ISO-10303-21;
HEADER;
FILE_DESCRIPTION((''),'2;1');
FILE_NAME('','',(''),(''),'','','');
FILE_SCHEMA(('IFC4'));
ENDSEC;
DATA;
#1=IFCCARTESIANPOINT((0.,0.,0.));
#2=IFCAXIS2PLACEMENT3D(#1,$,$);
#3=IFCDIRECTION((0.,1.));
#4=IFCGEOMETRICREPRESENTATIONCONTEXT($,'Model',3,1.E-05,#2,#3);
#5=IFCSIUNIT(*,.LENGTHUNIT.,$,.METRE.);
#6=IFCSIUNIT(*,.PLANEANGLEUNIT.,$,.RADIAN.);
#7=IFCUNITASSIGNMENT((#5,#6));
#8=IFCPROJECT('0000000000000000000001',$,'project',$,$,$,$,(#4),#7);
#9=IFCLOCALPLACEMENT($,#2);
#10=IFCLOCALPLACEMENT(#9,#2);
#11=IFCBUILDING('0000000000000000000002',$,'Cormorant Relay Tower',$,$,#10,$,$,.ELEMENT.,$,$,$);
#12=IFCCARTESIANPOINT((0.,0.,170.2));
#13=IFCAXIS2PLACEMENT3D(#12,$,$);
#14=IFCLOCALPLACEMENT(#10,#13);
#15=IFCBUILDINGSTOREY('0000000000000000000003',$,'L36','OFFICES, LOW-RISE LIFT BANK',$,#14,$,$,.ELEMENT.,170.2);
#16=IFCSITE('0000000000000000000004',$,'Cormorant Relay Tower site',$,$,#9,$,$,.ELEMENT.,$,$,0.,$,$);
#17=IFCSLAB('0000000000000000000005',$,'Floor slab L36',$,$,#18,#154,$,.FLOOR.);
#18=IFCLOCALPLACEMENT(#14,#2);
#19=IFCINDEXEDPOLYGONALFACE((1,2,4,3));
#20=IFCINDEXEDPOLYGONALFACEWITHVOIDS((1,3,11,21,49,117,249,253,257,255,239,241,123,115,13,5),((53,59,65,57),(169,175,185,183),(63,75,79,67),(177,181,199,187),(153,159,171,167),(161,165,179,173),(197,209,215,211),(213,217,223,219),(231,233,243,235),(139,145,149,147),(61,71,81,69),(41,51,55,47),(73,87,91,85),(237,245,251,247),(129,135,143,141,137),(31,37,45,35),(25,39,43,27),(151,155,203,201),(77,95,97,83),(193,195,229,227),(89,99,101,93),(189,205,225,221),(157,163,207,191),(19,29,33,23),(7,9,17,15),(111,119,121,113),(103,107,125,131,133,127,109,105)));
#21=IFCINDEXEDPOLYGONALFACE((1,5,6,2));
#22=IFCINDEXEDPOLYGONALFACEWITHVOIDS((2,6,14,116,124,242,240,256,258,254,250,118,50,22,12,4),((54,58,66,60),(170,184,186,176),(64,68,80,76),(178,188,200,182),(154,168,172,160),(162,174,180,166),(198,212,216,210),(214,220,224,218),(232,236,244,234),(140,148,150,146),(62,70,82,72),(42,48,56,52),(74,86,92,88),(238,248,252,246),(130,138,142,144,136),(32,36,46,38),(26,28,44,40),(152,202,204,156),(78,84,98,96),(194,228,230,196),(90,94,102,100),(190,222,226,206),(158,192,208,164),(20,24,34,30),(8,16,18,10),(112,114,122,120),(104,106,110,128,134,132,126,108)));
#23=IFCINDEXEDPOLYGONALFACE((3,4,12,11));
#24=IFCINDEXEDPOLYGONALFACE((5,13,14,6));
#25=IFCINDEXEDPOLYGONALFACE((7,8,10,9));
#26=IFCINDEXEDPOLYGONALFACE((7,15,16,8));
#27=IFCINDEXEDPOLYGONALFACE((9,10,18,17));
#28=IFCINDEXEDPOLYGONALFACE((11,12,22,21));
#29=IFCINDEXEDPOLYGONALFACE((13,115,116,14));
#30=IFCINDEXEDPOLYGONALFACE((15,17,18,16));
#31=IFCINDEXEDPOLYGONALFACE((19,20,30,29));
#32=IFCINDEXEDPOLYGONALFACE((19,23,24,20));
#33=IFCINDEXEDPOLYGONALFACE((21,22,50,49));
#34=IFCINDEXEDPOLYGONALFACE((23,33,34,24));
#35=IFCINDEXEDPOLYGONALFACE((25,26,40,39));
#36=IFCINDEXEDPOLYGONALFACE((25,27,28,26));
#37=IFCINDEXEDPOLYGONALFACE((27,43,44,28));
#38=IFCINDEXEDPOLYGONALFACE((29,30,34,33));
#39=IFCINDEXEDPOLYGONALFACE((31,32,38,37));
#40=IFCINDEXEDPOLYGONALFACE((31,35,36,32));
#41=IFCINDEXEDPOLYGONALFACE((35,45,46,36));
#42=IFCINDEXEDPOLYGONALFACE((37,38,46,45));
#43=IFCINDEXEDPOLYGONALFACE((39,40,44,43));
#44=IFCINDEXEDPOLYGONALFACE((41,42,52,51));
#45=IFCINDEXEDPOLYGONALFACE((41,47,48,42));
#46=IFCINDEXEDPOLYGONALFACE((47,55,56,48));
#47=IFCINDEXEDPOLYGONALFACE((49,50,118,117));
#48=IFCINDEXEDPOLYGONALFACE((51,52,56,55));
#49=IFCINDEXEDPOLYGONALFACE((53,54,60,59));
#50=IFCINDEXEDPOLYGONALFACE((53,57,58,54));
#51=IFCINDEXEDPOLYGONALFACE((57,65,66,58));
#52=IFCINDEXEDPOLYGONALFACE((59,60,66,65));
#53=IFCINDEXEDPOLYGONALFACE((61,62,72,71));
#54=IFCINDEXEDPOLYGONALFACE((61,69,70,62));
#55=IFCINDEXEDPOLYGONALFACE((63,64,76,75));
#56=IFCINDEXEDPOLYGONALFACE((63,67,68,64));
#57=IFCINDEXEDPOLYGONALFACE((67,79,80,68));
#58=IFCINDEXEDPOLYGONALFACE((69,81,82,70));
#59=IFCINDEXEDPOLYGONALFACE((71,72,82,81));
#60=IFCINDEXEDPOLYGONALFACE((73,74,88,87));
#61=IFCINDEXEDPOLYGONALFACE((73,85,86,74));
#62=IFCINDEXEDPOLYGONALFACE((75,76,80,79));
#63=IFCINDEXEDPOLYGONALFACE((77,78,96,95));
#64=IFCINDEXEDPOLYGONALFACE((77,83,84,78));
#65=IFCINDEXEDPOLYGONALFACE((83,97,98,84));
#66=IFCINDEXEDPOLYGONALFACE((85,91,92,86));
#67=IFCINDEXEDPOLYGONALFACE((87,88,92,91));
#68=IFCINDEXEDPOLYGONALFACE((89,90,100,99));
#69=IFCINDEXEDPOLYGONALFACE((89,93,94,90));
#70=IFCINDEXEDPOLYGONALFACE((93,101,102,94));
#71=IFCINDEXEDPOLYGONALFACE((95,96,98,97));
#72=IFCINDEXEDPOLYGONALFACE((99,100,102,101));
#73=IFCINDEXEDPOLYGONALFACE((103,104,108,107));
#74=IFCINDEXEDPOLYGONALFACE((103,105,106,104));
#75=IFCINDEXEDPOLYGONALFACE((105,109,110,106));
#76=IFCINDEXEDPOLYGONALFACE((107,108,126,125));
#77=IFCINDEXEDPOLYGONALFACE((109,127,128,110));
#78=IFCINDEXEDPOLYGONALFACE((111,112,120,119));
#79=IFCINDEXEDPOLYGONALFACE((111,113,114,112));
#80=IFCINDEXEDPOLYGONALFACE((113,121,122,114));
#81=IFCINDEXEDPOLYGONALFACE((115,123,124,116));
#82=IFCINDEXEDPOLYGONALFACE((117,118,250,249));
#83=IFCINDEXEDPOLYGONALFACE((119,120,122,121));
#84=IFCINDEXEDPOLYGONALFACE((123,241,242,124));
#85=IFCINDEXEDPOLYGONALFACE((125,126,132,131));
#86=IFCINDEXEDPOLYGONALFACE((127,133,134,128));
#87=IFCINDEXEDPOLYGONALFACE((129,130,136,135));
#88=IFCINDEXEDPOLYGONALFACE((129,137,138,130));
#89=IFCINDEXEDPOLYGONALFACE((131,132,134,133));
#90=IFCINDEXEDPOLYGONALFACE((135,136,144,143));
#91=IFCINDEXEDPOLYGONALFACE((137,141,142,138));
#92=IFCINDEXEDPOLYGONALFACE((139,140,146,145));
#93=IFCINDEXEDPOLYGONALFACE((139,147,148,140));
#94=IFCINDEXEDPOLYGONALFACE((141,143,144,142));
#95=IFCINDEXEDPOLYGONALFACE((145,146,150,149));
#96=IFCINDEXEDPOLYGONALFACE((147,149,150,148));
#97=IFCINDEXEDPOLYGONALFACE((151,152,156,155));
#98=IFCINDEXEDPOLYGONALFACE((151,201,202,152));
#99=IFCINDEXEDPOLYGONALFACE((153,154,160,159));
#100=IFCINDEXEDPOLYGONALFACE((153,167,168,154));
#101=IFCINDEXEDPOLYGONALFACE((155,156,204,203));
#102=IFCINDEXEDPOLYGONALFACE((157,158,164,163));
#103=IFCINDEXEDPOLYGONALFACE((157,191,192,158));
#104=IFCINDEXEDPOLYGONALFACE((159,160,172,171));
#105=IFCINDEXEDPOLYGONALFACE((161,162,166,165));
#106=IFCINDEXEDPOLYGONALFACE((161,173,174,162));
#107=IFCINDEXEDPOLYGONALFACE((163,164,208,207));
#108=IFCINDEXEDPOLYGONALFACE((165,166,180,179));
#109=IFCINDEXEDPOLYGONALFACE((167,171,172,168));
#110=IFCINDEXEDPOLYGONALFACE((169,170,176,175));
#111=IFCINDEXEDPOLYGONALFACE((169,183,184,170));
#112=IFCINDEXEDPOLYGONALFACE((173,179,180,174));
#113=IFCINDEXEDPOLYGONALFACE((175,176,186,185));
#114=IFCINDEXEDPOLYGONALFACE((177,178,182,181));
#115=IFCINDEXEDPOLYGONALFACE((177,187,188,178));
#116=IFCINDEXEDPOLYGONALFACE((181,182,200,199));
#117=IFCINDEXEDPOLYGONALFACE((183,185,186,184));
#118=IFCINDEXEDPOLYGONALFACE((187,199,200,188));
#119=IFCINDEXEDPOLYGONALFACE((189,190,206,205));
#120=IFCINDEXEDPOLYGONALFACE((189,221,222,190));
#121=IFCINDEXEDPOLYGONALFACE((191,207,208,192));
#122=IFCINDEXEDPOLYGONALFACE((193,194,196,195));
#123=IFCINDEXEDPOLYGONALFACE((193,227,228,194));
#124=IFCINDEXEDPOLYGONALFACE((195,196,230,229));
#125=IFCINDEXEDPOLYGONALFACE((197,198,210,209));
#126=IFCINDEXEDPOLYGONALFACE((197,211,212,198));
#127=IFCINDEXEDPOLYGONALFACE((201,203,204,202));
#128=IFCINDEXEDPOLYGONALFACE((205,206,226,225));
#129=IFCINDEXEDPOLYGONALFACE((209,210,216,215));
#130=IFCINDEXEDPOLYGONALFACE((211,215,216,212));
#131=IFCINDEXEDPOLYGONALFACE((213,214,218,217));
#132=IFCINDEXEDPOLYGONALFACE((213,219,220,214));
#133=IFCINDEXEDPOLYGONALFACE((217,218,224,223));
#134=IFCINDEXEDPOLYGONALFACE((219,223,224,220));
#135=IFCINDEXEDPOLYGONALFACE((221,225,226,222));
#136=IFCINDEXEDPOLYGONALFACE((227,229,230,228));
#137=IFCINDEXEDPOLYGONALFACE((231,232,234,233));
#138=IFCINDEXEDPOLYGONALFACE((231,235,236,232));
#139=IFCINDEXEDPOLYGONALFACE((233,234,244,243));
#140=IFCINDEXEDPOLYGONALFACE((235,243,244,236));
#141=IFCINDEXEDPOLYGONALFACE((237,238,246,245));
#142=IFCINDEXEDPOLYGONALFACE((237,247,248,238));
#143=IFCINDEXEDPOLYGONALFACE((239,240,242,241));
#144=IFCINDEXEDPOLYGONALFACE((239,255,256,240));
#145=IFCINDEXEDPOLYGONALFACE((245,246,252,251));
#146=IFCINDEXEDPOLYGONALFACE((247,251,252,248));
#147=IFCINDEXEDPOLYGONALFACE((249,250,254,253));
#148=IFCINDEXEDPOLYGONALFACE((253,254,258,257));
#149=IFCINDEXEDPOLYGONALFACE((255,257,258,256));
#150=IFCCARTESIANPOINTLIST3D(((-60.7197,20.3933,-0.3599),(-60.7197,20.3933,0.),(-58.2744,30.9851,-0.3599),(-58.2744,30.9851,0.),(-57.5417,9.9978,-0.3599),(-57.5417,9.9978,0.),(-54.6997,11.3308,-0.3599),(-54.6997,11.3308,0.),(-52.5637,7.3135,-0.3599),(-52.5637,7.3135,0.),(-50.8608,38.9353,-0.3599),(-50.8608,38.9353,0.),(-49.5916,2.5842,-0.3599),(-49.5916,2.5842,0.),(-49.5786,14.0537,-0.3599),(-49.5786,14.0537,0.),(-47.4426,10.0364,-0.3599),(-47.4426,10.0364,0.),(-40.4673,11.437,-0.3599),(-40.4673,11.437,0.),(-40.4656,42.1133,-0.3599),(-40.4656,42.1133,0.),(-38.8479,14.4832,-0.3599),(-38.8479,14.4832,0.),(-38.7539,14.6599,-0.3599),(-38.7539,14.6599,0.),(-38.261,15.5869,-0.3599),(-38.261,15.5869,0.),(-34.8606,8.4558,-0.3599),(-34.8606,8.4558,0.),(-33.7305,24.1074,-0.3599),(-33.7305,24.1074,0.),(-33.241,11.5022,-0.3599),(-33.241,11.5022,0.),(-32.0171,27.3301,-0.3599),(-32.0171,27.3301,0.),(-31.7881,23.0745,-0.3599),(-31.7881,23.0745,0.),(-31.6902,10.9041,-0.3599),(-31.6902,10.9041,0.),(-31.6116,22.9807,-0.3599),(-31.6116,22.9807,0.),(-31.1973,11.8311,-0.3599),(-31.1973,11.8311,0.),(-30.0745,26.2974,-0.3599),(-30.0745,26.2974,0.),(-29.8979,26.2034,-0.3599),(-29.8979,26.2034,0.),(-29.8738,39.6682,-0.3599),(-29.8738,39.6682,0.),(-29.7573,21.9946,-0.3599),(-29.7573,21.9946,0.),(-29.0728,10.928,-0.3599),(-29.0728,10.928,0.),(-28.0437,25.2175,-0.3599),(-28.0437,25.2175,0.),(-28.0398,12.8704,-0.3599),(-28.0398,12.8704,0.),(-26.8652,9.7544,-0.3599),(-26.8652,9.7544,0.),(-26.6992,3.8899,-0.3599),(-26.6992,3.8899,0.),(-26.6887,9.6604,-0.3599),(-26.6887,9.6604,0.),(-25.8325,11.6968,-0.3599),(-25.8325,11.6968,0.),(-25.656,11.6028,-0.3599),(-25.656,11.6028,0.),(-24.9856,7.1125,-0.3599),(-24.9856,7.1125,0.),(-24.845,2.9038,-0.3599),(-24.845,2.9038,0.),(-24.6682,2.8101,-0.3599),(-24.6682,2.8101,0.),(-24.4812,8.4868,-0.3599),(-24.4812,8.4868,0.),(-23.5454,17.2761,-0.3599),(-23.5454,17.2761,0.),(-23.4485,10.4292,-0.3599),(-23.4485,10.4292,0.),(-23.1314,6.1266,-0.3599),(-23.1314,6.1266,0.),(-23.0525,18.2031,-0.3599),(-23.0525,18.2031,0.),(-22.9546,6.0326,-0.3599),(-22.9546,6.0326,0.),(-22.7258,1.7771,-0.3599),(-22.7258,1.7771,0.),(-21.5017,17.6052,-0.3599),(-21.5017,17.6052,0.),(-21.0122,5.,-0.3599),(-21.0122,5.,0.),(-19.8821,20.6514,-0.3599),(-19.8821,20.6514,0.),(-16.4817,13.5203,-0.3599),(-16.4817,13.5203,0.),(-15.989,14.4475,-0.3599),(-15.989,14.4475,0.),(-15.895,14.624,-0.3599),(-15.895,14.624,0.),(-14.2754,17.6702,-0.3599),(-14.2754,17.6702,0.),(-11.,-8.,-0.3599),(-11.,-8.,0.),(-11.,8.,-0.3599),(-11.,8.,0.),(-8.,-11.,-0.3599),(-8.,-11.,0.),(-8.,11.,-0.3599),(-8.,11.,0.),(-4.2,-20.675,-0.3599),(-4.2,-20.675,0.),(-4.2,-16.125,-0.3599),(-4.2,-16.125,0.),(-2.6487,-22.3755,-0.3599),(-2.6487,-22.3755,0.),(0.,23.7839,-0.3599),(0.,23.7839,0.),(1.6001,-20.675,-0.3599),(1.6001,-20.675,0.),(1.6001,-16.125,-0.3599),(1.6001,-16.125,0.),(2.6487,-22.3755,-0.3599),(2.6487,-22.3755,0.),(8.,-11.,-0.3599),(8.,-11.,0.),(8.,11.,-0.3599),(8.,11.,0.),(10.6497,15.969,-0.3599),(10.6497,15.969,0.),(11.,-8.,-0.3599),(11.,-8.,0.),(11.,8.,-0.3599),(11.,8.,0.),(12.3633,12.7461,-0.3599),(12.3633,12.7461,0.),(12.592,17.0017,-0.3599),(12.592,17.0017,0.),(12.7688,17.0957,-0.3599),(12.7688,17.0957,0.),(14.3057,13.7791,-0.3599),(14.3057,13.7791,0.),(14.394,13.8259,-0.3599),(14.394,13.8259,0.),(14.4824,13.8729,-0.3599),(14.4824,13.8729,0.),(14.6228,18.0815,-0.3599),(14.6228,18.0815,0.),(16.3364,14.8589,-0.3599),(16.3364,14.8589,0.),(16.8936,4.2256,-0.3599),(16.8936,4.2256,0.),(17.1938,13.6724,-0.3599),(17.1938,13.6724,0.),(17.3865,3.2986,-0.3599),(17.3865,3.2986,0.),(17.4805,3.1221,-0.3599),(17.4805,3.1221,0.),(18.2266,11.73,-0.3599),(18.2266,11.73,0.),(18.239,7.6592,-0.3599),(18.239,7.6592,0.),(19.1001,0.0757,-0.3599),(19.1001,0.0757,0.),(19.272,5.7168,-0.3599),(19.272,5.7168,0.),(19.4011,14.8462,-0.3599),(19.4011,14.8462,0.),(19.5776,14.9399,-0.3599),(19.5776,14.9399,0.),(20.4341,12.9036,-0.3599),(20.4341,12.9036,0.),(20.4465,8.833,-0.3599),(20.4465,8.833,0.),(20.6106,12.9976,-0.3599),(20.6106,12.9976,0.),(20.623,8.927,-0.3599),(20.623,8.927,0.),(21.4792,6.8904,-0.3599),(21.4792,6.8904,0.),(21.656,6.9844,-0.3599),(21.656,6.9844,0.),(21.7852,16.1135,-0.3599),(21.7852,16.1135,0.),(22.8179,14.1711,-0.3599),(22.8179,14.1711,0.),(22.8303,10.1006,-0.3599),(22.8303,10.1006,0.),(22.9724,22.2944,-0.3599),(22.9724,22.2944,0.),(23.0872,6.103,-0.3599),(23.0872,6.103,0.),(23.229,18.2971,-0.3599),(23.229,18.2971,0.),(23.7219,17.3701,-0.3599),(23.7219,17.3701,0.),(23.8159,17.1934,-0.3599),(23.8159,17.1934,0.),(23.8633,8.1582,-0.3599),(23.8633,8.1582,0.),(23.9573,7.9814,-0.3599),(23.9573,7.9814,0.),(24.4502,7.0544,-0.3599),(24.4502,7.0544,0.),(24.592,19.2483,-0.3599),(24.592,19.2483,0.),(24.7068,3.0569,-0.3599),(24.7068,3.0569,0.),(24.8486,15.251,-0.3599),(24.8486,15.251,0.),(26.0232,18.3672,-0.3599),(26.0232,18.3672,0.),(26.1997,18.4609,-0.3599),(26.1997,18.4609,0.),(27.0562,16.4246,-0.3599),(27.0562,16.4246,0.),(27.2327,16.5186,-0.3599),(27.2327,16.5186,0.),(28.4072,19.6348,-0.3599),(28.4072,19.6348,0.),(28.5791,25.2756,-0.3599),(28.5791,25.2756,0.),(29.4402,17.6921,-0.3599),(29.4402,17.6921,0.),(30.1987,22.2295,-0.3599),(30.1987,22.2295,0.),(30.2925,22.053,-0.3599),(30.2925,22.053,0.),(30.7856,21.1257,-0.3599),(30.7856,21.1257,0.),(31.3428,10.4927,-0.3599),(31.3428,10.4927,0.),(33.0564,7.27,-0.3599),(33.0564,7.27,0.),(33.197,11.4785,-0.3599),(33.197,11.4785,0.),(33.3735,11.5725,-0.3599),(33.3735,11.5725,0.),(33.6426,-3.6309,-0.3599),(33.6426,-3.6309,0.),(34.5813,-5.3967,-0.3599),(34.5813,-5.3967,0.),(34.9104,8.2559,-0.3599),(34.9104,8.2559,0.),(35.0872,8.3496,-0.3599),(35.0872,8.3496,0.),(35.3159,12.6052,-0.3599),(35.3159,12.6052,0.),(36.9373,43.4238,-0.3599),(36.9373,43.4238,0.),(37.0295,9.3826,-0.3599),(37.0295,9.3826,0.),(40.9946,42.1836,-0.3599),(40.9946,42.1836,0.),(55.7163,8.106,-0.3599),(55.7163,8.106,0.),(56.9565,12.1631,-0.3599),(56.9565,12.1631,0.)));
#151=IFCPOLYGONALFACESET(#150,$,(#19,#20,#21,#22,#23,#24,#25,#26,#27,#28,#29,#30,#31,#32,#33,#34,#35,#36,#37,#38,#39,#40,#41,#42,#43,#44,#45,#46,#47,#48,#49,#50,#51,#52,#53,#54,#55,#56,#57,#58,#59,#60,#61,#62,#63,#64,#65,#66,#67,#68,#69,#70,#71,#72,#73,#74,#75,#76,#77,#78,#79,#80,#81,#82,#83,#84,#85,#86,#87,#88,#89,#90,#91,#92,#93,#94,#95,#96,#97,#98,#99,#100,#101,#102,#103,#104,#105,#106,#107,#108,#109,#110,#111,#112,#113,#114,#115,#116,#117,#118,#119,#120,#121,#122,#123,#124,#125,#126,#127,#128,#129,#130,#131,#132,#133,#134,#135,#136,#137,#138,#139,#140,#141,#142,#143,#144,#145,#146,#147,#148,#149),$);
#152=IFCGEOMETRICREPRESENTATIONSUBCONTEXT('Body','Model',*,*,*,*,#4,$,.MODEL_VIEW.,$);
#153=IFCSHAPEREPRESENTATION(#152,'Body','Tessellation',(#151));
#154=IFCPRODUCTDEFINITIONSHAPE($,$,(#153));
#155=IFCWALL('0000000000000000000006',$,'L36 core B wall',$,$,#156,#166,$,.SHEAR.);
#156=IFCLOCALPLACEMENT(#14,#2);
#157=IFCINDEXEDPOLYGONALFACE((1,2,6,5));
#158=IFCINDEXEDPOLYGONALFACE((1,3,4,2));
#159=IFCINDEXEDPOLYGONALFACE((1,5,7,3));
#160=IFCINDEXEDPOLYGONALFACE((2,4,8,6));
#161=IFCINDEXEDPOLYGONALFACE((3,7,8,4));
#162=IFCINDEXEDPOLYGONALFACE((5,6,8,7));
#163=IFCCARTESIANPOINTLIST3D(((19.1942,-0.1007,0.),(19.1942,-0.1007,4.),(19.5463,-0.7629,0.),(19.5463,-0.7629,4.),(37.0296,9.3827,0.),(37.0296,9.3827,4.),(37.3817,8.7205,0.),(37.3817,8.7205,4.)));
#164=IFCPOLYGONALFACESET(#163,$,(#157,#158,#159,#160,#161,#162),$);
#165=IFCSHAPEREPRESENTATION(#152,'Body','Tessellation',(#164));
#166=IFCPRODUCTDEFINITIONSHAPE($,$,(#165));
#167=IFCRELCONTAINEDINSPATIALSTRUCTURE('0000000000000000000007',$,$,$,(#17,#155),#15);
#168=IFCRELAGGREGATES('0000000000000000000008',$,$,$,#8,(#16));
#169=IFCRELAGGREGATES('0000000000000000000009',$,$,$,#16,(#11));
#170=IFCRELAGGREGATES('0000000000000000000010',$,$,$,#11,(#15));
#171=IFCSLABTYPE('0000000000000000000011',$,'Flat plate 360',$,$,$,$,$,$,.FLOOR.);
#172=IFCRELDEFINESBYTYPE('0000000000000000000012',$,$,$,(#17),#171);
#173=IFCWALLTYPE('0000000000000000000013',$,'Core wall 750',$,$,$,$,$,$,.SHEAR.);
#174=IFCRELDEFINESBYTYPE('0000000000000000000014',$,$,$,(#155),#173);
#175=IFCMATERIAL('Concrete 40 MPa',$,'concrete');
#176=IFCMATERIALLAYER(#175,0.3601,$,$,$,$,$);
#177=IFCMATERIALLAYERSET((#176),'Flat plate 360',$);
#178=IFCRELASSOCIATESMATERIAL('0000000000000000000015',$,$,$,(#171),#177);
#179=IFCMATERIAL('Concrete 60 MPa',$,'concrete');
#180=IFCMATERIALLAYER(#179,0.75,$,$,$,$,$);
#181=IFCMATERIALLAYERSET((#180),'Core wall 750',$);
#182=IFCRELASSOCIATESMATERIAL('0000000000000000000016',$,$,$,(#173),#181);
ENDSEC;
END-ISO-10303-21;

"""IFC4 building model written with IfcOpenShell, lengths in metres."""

from ifc_helpers import new_model, si_unit, direction, frame, frame_2d, origin, place, context, subcontext, project, spatial, polyline, rectangle, outline, extrude, material, layer, layer_set, type_object, element, save


model = new_model("IFC4")

# Units and contexts
model_context = context("Model", 3, precision=1e-05, world=origin(), true_north=direction((0.0, 1.0)))
body_context = subcontext(model_context, "Body", "Model", "MODEL_VIEW")
ifc_project = project(units=[si_unit("LENGTHUNIT", "METRE"), si_unit("PLANEANGLEUNIT", "RADIAN")], contexts=[model_context])

# Site, building, storey
site_placement = place(None, origin())
site = spatial("IfcSite", under=ifc_project, at=site_placement, Name="Cormorant Relay Tower site", CompositionType="ELEMENT", RefElevation=0.0)
building_placement = place(site_placement, origin())
building = spatial("IfcBuilding", under=site, at=building_placement, Name="Cormorant Relay Tower", CompositionType="ELEMENT")
storey_placement = place(building_placement, frame((0.0, 0.0, 170.2)))
storey = spatial("IfcBuildingStorey", under=building, at=storey_placement, Name="L36", Description="OFFICES, LOW-RISE LIFT BANK", CompositionType="ELEMENT", Elevation=170.2)

# Slab
ifc_material_1 = material(Name="Concrete 40 MPa", Category="concrete")
ifc_layer_1 = layer(ifc_material_1, 0.3601)
ifc_layer_set_1 = layer_set([ifc_layer_1], Name="Flat plate 360")
slab_type_1 = type_object("IfcSlabType", Name="Flat plate 360", PredefinedType="FLOOR", material=ifc_layer_set_1)
slab_1_placement = place(storey_placement, frame((0.0, 0.0, -0.3599)))
element("IfcSlab", 1, at=slab_1_placement, inside=storey, type_object=slab_type_1, Name="Floor slab L36", PredefinedType="FLOOR", context=body_context, shape_type="SweptSolid", body=[
    extrude(outline(polyline([(-60.7197, 20.3933), (-58.2744, 30.9851), (-50.8608, 38.9353), (-40.4656, 42.1133), (-29.8738, 39.6682), (0.0, 23.7839), (36.9373, 43.4238), (40.9946, 42.1836), (56.9565, 12.1631), (55.7163, 8.106), (33.6426, -3.6309), (34.5813, -5.3967), (2.6487, -22.3755), (-2.6487, -22.3755), (-49.5916, 2.5842), (-57.5417, 9.9978), (-60.7197, 20.3933)]), holes=[polyline([(11.0, -8.0), (11.0, 8.0), (8.0, 11.0), (-8.0, 11.0), (-11.0, 8.0), (-11.0, -8.0), (-8.0, -11.0), (8.0, -11.0), (11.0, -8.0)]), polyline([(-4.2, -16.125), (-4.2, -20.675), (1.6001, -20.675), (1.6001, -16.125), (-4.2, -16.125)]), polyline([(-22.9546, 6.0327), (-24.6682, 2.8101), (-22.7258, 1.7771), (-21.0122, 5.0), (-23.043, 6.0796), (-22.9546, 6.0327)]), polyline([(-24.9856, 7.1125), (-26.6992, 3.8899), (-24.845, 2.9038), (-23.1313, 6.1267), (-23.043, 6.0796), (-24.9856, 7.1125)]), polyline([(-24.4812, 8.4868), (-23.4485, 10.4292), (-25.656, 11.6028), (-26.6887, 9.6604), (-24.4812, 8.4868)]), polyline([(-49.5786, 14.0537), (-54.6997, 11.3308), (-52.5637, 7.3135), (-47.4426, 10.0364), (-49.5786, 14.0537)]), polyline([(-25.8325, 11.6968), (-28.0398, 12.8704), (-29.0728, 10.928), (-26.8652, 9.7544), (-25.8325, 11.6968)]), polyline([(-38.8479, 14.4832), (-40.4673, 11.437), (-34.8606, 8.4558), (-33.241, 11.5022), (-38.8479, 14.4832)]), polyline([(-38.261, 15.5869), (-38.7539, 14.6599), (-31.6902, 10.9041), (-31.1973, 11.8311), (-38.261, 15.5869)]), polyline([(14.3057, 13.7791), (12.592, 17.0017), (10.6497, 15.969), (12.3633, 12.7461), (14.394, 13.8259), (14.3057, 13.7791)]), polyline([(16.3364, 14.8589), (14.6228, 18.0815), (12.7688, 17.0957), (14.4824, 13.8728), (14.394, 13.8259), (16.3364, 14.8589)]), polyline([(-16.4817, 13.5203), (-15.989, 14.4475), (-23.0525, 18.2031), (-23.5454, 17.2761), (-16.4817, 13.5203)]), polyline([(-21.5017, 17.6052), (-15.895, 14.624), (-14.2754, 17.6702), (-19.8821, 20.6514), (-21.5017, 17.6052)]), polyline([(-31.6116, 22.9807), (-29.7573, 21.9946), (-28.0437, 25.2175), (-29.8979, 26.2034), (-31.6116, 22.9807)]), polyline([(-32.0171, 27.3301), (-33.7305, 24.1074), (-31.7881, 23.0745), (-30.0745, 26.2974), (-32.0171, 27.3301)]), polyline([(17.4805, 3.1221), (19.1001, 0.0757), (24.7068, 3.0569), (23.0872, 6.103), (17.4805, 3.1221)]), polyline([(16.8936, 4.2256), (17.3865, 3.2986), (24.4502, 7.0544), (23.9573, 7.9814), (16.8936, 4.2256)]), polyline([(20.4465, 8.833), (18.239, 7.6592), (19.272, 5.7168), (21.4792, 6.8904), (20.4465, 8.833)]), polyline([(21.656, 6.9844), (23.8633, 8.1582), (22.8303, 10.1006), (20.623, 8.927), (21.656, 6.9844)]), polyline([(33.197, 11.4785), (31.3428, 10.4927), (33.0564, 7.27), (34.9104, 8.2559), (33.197, 11.4785)]), polyline([(33.3735, 11.5725), (35.0872, 8.3496), (37.0295, 9.3826), (35.3159, 12.6052), (33.3735, 11.5725)]), polyline([(17.1938, 13.6724), (18.2266, 11.73), (20.4341, 12.9036), (19.4011, 14.8462), (17.1938, 13.6724)]), polyline([(20.6106, 12.9976), (22.8179, 14.1711), (21.7852, 16.1135), (19.5776, 14.9399), (20.6106, 12.9976)]), polyline([(26.0232, 18.3672), (23.8159, 17.1934), (24.8486, 15.251), (27.0562, 16.4246), (26.0232, 18.3672)]), polyline([(29.4402, 17.6921), (28.4072, 19.6348), (26.1997, 18.4609), (27.2327, 16.5186), (29.4402, 17.6921)]), polyline([(30.7856, 21.1257), (30.2925, 22.053), (23.229, 18.2971), (23.7219, 17.3701), (30.7856, 21.1257)]), polyline([(24.592, 19.2483), (30.1987, 22.2295), (28.5791, 25.2756), (22.9724, 22.2944), (24.592, 19.2483)])]), origin(), (0.0, 0.0, 1.0), 0.3599),
])

# Shared definitions
ifc_material_2 = material(Name="Concrete 60 MPa", Category="concrete")
ifc_layer_2 = layer(ifc_material_2, 0.75)
ifc_layer_set_2 = layer_set([ifc_layer_2], Name="Core wall 750")
wall_type_1 = type_object("IfcWallType", Name="Core wall 750", PredefinedType="SHEAR", material=ifc_layer_set_2)

# Wall
wall_1_placement = place(storey_placement, frame((19.3701, -0.4319, 0.0), z_axis=(0.0, 0.0, 1.0), x_axis=(0.882945, 0.469476, 0.0)))
element("IfcWall", 2, at=wall_1_placement, inside=storey, type_object=wall_type_1, Name="L36 core B wall", PredefinedType="SHEAR", context=body_context, shape_type="SweptSolid", body=[
    extrude(rectangle(XDim=20.2, YDim=0.75, at=frame_2d((10.1001, 0.0))), origin(), (0.0, 0.0, 1.0), 4.0),
])

save(model, "model.ifc")
